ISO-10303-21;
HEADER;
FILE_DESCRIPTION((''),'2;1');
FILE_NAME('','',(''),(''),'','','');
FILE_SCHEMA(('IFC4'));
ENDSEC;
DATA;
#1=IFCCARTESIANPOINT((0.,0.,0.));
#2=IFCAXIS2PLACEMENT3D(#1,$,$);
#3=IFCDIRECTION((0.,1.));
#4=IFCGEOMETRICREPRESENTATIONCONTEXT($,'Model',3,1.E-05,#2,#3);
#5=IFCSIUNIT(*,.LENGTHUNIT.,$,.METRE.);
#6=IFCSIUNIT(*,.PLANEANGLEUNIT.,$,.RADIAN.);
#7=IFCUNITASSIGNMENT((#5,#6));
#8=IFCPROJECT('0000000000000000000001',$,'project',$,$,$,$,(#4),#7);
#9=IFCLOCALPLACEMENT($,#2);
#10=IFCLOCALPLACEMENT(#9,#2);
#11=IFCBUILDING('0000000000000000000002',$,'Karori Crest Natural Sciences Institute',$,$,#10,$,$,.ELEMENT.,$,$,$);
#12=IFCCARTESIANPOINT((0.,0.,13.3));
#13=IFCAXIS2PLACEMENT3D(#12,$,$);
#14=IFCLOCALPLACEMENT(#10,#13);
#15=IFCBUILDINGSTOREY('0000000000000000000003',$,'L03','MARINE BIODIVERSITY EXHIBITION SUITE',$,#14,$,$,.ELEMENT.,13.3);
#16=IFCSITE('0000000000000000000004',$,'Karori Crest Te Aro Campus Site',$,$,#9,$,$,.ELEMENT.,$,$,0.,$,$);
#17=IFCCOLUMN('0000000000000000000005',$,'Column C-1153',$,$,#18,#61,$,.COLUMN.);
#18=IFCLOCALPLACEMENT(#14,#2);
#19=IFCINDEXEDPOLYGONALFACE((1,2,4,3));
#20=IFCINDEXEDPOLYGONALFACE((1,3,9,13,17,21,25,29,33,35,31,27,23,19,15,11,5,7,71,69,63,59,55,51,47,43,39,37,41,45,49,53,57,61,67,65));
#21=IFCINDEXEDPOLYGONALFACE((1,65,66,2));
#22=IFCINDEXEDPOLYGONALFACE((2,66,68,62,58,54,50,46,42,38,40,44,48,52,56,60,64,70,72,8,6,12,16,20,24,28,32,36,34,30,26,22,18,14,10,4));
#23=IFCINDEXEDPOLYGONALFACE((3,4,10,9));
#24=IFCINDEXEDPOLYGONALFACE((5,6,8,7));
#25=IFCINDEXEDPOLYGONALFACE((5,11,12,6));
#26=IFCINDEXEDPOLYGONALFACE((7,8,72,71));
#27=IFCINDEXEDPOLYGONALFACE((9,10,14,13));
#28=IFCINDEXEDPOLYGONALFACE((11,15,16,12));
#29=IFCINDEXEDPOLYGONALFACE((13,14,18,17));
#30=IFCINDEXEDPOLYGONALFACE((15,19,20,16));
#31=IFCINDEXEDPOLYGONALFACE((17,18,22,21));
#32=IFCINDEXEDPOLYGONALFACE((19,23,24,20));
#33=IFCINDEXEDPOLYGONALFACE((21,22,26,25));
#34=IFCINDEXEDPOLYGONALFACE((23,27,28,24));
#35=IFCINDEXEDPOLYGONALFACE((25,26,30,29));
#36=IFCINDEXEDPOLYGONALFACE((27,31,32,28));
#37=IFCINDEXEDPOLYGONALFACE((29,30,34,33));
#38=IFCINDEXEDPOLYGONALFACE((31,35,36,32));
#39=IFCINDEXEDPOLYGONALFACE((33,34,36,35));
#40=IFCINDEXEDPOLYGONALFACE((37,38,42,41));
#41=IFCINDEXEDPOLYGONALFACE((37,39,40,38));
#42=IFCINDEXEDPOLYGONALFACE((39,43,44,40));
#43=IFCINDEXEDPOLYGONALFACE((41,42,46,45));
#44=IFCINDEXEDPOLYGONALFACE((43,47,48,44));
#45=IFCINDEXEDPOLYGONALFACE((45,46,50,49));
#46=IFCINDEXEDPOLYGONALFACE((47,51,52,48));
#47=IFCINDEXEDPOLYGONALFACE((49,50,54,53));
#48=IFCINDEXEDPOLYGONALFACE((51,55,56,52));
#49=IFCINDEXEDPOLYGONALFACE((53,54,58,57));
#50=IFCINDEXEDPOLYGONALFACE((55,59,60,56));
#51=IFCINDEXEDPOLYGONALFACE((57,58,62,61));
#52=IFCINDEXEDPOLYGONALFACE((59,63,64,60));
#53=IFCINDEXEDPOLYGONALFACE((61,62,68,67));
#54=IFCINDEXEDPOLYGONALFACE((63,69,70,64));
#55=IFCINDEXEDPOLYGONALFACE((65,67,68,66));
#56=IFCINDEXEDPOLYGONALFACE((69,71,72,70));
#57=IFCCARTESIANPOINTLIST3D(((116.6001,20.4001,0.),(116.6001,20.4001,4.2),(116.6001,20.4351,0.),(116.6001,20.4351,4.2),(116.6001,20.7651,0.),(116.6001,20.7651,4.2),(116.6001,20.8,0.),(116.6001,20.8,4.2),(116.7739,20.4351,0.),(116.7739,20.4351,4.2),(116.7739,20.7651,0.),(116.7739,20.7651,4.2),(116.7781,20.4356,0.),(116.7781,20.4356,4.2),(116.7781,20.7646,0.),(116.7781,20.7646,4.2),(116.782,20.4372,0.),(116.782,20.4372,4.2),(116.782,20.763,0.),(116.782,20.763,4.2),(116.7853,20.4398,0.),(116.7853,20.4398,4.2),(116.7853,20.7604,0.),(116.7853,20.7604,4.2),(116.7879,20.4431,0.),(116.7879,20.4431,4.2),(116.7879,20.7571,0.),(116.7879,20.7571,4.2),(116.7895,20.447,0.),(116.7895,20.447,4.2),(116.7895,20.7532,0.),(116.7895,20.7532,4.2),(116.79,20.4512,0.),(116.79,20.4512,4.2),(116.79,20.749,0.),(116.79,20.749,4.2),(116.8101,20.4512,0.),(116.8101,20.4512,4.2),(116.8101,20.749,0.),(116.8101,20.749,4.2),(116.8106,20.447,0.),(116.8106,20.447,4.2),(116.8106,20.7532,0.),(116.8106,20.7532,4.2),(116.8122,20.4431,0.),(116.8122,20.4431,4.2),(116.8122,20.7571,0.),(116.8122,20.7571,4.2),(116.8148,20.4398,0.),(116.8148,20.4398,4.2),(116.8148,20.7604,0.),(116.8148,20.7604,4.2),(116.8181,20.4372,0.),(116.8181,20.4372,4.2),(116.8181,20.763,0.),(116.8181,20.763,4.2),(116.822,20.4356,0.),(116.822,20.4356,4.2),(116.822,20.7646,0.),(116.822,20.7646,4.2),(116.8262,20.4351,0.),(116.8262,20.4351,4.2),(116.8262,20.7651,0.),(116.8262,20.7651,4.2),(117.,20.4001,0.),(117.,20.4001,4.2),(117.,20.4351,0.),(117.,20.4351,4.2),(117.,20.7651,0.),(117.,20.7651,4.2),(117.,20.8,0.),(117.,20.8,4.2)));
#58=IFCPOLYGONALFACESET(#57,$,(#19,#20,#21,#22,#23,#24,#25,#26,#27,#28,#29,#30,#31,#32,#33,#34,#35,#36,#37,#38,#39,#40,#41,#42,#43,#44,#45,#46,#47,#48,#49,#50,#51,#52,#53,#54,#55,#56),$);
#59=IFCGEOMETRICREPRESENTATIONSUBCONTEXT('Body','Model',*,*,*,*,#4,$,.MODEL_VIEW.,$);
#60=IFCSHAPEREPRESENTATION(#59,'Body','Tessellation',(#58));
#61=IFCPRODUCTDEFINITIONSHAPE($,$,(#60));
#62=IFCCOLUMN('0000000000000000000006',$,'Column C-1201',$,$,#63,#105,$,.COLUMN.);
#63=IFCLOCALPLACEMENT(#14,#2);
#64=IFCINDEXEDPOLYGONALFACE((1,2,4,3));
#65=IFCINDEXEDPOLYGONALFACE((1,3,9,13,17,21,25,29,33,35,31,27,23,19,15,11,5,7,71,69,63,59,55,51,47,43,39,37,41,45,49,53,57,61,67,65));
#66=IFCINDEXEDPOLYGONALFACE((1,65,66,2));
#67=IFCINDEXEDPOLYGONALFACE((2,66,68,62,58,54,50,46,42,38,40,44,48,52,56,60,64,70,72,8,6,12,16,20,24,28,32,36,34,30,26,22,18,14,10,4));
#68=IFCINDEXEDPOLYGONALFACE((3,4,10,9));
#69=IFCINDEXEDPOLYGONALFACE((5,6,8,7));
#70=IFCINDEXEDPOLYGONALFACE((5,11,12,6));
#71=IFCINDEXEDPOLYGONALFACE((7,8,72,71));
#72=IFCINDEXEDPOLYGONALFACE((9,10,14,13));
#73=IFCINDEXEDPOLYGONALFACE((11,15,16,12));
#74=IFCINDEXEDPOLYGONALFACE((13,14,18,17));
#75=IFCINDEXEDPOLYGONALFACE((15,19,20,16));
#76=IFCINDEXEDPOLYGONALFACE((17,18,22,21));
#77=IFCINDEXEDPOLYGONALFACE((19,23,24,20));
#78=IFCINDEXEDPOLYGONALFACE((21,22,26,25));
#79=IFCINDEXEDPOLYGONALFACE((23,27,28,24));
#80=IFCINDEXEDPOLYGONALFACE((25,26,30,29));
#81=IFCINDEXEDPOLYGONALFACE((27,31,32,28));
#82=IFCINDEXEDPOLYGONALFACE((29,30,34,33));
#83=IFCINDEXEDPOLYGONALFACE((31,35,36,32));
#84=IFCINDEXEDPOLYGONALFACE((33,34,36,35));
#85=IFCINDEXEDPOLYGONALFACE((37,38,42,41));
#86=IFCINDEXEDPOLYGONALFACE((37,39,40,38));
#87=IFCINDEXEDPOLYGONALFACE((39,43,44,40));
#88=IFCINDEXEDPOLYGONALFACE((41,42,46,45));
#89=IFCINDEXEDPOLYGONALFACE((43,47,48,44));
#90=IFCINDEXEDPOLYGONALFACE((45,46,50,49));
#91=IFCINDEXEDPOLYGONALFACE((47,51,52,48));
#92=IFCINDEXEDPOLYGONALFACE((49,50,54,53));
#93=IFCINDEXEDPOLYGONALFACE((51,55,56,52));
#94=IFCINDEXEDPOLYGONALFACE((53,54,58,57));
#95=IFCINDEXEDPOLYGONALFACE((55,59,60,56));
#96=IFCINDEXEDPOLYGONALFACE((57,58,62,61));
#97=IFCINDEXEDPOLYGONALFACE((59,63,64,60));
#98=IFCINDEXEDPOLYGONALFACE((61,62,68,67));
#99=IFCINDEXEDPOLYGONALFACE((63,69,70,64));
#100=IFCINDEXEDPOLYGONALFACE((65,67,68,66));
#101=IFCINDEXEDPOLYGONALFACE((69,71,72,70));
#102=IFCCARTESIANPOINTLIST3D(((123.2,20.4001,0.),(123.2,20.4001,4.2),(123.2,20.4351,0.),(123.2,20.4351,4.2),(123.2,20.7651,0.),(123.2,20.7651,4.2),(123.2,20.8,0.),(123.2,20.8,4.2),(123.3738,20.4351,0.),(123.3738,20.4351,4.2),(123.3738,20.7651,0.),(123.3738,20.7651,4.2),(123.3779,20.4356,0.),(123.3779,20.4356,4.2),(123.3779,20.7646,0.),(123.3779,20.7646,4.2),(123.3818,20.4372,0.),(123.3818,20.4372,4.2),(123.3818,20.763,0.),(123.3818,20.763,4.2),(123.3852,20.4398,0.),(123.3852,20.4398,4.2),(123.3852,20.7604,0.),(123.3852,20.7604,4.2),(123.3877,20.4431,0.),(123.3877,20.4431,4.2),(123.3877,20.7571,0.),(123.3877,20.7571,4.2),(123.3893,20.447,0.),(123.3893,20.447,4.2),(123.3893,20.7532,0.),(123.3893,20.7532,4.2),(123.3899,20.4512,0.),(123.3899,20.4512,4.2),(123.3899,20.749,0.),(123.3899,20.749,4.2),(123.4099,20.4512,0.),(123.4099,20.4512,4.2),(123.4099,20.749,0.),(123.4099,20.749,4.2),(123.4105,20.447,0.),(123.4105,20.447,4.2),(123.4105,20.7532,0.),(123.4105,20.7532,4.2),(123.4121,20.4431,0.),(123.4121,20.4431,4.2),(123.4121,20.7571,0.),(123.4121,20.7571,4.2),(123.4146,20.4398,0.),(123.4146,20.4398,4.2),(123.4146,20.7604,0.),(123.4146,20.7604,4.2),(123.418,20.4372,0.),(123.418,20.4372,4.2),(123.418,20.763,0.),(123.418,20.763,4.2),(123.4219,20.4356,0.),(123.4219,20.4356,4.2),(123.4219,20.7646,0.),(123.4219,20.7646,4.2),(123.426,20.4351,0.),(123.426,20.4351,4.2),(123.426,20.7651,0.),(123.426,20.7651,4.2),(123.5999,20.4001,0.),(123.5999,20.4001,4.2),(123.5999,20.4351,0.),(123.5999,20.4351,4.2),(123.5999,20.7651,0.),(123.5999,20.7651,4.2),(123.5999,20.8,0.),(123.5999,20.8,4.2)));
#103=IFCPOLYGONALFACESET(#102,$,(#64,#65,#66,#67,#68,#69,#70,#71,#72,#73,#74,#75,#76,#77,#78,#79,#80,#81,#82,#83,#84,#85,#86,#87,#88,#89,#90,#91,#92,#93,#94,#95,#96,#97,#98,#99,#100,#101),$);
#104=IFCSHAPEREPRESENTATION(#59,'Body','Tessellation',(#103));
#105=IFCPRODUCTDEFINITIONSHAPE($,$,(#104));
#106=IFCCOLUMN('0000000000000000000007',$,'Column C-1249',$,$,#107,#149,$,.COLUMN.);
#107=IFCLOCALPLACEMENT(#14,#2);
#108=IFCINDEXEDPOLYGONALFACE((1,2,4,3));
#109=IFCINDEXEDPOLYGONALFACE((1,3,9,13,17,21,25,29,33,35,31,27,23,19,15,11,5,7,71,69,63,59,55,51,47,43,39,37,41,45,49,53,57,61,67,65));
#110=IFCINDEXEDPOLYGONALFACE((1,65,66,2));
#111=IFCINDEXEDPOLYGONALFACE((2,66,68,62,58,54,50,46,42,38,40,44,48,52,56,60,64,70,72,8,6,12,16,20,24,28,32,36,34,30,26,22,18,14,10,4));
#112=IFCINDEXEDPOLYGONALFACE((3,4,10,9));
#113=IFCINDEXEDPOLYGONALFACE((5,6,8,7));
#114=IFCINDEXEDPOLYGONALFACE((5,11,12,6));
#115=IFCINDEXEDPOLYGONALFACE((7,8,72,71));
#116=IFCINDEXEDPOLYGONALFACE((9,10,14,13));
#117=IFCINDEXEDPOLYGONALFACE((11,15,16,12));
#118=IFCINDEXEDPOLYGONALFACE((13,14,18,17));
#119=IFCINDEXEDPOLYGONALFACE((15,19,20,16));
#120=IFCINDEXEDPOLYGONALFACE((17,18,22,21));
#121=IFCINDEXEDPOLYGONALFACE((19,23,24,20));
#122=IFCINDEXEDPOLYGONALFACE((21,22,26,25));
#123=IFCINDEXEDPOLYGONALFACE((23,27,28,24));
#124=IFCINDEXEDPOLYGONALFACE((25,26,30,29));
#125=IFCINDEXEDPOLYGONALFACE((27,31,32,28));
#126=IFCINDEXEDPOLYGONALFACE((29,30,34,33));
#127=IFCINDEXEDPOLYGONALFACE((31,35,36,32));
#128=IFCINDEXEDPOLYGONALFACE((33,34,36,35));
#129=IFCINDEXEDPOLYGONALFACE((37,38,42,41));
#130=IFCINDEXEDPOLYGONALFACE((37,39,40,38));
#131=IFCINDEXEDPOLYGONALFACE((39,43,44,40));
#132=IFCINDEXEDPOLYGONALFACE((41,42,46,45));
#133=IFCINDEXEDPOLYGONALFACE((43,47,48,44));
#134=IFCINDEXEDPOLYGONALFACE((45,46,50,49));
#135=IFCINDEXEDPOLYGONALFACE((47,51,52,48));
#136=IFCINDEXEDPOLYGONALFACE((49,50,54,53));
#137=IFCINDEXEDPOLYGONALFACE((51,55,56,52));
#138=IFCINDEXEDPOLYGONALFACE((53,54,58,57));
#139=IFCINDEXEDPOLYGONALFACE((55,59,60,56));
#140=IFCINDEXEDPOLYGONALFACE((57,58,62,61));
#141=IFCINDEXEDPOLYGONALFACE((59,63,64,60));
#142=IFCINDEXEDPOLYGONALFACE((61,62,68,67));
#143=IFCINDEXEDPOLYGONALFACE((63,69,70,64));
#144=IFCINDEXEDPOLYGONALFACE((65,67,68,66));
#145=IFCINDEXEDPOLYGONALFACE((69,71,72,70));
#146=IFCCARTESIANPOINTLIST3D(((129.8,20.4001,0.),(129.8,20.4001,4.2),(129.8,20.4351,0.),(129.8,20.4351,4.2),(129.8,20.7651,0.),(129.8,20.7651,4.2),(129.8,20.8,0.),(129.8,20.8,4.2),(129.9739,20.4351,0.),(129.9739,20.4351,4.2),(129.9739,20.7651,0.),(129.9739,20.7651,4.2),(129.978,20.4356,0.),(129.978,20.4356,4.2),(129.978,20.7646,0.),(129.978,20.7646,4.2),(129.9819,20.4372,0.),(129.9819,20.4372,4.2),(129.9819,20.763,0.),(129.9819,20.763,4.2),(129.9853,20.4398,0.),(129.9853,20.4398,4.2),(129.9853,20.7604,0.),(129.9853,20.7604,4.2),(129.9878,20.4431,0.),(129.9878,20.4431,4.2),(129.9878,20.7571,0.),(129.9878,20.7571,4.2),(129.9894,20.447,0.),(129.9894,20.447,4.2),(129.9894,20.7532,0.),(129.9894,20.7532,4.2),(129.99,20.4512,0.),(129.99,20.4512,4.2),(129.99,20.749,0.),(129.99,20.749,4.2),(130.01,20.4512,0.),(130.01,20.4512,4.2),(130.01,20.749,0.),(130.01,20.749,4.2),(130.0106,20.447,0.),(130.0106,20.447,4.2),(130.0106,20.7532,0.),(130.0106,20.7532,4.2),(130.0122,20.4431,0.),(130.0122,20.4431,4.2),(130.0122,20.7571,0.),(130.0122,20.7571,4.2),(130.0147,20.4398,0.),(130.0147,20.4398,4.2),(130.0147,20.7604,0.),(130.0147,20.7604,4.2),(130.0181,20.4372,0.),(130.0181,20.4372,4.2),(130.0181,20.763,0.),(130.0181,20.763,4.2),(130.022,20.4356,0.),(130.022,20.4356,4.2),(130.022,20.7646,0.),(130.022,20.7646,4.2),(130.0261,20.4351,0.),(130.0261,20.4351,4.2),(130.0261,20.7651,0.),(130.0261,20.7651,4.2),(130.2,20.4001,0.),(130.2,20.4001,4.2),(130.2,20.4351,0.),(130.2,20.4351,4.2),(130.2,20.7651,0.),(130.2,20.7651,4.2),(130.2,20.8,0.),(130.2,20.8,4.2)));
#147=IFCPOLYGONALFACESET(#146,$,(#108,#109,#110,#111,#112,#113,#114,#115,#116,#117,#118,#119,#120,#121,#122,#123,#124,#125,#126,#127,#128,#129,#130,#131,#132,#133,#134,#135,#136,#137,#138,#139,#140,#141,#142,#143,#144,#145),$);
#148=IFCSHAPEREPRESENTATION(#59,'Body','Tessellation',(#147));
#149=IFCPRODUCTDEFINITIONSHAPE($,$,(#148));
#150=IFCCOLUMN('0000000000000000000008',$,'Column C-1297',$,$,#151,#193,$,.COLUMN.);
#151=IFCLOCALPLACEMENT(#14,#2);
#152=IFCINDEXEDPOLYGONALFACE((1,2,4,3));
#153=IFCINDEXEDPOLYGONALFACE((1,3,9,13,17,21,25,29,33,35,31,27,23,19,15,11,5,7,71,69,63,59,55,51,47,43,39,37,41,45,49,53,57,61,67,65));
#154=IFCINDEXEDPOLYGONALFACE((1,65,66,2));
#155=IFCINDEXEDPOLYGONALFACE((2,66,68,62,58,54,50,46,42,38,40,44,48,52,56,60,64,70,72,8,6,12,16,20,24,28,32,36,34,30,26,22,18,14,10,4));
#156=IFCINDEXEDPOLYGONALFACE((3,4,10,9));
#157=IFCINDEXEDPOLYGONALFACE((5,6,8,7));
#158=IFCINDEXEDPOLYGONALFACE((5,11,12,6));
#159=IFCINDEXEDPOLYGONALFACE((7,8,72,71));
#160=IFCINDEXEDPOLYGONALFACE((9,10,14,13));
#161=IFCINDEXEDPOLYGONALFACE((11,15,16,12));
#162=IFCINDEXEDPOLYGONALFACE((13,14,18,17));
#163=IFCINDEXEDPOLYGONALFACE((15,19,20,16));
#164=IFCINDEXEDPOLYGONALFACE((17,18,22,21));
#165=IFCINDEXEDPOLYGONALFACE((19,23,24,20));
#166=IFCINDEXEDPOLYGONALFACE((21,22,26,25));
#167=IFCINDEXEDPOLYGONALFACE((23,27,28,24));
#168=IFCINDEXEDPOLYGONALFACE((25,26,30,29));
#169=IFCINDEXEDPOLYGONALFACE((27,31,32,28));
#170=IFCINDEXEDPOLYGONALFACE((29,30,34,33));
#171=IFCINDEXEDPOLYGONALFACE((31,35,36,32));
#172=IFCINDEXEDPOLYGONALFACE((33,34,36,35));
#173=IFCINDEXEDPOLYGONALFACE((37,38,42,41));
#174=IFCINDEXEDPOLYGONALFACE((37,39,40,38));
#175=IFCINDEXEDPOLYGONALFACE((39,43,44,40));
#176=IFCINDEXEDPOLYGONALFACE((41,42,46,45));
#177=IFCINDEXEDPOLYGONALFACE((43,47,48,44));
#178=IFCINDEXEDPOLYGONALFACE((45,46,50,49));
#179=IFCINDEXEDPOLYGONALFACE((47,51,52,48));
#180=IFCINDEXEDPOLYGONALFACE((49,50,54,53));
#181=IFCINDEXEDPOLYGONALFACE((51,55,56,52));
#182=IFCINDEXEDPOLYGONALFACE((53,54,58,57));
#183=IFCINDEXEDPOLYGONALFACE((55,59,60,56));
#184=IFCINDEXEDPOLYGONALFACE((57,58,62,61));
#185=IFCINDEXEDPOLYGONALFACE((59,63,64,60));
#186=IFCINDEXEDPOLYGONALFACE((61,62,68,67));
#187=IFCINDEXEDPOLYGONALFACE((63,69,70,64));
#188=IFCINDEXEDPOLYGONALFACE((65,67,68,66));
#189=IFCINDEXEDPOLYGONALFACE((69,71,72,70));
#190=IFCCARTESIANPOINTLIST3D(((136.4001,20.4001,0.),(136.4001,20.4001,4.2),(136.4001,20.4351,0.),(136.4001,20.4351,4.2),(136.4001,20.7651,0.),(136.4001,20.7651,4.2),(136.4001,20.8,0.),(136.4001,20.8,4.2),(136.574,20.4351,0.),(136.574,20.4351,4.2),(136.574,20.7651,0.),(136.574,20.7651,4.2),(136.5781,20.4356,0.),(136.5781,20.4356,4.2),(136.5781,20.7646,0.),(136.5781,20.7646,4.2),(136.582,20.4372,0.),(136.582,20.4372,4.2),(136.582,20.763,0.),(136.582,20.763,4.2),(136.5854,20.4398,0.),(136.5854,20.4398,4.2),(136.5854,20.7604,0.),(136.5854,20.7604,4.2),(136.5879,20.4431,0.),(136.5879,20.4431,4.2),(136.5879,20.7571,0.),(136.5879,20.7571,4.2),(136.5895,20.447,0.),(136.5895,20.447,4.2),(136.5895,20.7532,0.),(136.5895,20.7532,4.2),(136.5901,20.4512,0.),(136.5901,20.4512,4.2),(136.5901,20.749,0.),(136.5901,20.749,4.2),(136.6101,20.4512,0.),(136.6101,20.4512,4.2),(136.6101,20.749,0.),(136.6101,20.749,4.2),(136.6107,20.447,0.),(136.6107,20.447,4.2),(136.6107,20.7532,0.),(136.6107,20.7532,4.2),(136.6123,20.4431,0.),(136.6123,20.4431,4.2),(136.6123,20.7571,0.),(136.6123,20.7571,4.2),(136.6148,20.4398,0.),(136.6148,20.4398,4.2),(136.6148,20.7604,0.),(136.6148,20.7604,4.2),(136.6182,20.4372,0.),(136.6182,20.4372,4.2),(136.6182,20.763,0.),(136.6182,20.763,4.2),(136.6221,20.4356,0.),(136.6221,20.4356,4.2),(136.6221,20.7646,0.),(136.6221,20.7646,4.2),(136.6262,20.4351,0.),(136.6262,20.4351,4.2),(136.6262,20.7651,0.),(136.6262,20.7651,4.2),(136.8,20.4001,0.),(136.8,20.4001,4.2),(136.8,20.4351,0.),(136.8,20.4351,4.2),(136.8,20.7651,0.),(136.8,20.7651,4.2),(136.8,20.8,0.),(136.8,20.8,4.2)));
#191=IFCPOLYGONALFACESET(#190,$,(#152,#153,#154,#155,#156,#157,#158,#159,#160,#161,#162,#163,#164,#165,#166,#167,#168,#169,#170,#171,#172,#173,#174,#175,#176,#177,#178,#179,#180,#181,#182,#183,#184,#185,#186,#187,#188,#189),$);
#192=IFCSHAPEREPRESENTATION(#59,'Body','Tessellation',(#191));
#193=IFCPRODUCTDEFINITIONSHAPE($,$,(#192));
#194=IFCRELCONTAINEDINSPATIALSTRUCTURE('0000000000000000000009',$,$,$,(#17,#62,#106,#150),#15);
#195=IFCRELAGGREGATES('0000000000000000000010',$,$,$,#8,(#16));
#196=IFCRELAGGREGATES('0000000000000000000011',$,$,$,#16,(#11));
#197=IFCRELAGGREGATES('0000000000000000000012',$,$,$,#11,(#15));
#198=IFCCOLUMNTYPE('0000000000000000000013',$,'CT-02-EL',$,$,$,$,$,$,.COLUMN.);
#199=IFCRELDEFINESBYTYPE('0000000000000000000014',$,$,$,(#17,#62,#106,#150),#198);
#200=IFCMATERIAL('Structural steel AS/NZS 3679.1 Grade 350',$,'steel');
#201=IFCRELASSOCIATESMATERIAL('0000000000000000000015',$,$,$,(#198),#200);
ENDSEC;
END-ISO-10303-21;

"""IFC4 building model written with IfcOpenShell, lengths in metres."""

from ifc_helpers import new_model, si_unit, direction, frame, origin, origin_2d, place, context, subcontext, project, spatial, i_section, extrude, material, material_profile, profile_set, type_object, element, save


model = new_model("IFC4")

# Units and contexts
model_context = context("Model", 3, precision=1e-05, world=origin(), true_north=direction((0.0, 1.0)))
body_context = subcontext(model_context, "Body", "Model", "MODEL_VIEW")
ifc_project = project(units=[si_unit("LENGTHUNIT", "METRE"), si_unit("PLANEANGLEUNIT", "RADIAN")], contexts=[model_context])

# Site, building, storey
site_placement = place(None, origin())
site = spatial("IfcSite", under=ifc_project, at=site_placement, Name="Karori Crest Te Aro Campus Site", CompositionType="ELEMENT", RefElevation=0.0)
building_placement = place(site_placement, origin())
building = spatial("IfcBuilding", under=site, at=building_placement, Name="Karori Crest Natural Sciences Institute", CompositionType="ELEMENT")
storey_placement = place(building_placement, frame((0.0, 0.0, 13.3)))
storey = spatial("IfcBuildingStorey", under=building, at=storey_placement, Name="L03", Description="MARINE BIODIVERSITY EXHIBITION SUITE", CompositionType="ELEMENT", Elevation=13.3)

# Columns
ifc_material_1 = material(Name="Structural steel AS/NZS 3679.1 Grade 350", Category="steel")
ifc_material_profile_1 = material_profile(ifc_material_1, i_section(OverallWidth=0.3999, OverallDepth=0.3999, WebThickness=0.02, FlangeThickness=0.0349, FilletRadius=0.0161, at=origin_2d()), Name="400WC328")
ifc_profile_set_1 = profile_set([ifc_material_profile_1], Name="Structural steel AS/NZS 3679.1 Grade 350")
column_type_1 = type_object("IfcColumnType", Name="CT-02-EL", PredefinedType="COLUMN", material=ifc_profile_set_1)
for number, where, z_axis, x_axis, name in (
    (1, (116.8, 20.6001, 0.0), (0.0, 0.0, 1.0), (1.0, 0.0, 0.0), "Column C-1153"),
    (2, (123.3999, 20.6001, 0.0), (0.0, 0.0, 1.0), (1.0, 0.0, 0.0), "Column C-1201"),
    (3, (130.0, 20.6001, 0.0), (0.0, 0.0, 1.0), (1.0, 0.0, 0.0), "Column C-1249"),
    (4, (136.6001, 20.6001, 0.0), (0.0, 0.0, 1.0), (1.0, 0.0, 0.0), "Column C-1297"),
):
    element("IfcColumn", number, at=place(storey_placement, frame(where, z_axis=z_axis, x_axis=x_axis)), inside=storey, type_object=column_type_1, Name=name, PredefinedType="COLUMN", context=body_context, shape_type="SweptSolid", body=[
        extrude(i_section(OverallWidth=0.3999, OverallDepth=0.3999, WebThickness=0.02, FlangeThickness=0.0349, FilletRadius=0.0161, at=origin_2d()), origin(), (0.0, 0.0, 1.0), 4.2),
    ])

save(model, "model.ifc")
